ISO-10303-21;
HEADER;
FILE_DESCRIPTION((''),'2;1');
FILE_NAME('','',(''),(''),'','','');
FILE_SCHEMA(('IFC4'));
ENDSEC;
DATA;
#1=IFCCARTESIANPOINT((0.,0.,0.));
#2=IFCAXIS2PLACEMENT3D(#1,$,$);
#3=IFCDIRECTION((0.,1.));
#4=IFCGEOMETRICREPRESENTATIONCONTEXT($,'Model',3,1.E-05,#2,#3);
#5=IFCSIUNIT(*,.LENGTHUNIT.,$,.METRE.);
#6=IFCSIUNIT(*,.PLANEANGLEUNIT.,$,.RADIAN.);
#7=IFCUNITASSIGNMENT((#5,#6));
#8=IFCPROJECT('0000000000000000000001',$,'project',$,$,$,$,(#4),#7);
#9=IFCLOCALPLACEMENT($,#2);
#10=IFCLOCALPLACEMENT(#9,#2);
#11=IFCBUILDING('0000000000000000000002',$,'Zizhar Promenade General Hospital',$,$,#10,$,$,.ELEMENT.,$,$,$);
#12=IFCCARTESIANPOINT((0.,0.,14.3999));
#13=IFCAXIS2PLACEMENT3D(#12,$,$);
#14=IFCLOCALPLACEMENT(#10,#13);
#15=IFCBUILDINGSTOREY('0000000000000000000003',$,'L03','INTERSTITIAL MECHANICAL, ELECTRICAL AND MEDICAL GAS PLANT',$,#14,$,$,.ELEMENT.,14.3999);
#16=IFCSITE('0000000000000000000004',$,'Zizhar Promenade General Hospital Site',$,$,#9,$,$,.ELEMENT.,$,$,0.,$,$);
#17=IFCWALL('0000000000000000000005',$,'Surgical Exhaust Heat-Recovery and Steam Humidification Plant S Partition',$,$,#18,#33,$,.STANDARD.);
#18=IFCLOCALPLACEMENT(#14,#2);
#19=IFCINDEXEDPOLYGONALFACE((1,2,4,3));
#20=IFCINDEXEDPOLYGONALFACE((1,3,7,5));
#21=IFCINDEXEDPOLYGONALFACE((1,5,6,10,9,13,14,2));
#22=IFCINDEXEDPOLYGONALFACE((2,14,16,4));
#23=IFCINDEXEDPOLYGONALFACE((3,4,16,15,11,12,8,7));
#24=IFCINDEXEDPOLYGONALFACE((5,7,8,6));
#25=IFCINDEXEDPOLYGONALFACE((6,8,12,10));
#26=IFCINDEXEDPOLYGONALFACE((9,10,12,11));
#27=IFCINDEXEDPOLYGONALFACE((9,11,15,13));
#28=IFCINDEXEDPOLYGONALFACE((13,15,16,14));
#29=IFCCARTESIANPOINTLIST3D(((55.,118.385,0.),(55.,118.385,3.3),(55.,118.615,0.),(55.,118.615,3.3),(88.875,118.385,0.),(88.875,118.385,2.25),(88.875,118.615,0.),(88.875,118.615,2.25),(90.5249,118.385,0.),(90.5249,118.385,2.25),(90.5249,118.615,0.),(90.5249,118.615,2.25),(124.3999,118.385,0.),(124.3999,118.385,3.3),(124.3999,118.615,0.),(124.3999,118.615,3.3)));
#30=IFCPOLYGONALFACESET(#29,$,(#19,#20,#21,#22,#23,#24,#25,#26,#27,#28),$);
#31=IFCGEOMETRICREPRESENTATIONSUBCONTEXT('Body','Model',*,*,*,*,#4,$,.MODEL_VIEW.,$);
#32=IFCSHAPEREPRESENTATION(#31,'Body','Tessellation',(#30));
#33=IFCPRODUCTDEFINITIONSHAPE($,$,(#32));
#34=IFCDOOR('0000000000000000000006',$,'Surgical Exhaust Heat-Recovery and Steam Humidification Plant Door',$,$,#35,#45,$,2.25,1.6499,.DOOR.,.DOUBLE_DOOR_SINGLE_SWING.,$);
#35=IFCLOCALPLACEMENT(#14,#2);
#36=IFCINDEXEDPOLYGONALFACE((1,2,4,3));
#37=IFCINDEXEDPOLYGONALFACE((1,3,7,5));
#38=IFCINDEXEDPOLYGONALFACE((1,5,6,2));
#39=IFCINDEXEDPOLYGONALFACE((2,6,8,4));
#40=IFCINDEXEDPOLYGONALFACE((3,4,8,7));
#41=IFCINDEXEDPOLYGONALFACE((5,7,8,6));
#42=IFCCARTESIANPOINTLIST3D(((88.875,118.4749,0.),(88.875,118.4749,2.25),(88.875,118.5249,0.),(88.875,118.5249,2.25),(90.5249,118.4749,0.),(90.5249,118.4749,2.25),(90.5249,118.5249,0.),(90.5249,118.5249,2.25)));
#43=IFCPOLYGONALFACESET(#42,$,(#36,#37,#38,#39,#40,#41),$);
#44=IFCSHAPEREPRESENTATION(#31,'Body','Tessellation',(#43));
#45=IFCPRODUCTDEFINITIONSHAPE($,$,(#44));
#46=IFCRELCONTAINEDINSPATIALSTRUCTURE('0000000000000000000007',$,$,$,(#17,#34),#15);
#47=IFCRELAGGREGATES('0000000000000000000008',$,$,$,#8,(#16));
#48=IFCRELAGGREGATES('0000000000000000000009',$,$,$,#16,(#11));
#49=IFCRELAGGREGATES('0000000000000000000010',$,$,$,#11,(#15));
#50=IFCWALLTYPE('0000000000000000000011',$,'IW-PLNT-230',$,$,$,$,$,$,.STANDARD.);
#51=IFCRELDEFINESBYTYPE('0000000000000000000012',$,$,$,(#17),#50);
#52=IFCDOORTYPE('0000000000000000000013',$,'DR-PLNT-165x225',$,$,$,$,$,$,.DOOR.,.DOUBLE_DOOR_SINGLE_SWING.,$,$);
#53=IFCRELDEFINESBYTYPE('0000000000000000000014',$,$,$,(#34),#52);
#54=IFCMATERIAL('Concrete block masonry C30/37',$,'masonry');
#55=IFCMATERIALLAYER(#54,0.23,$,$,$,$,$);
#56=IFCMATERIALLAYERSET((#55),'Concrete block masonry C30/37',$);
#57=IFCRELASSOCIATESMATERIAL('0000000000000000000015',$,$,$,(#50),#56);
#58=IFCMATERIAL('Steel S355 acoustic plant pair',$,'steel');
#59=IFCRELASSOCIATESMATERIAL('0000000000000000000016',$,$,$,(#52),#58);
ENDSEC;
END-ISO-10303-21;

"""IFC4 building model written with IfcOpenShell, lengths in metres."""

from ifc_helpers import new_model, si_unit, direction, frame, frame_2d, origin, place, context, subcontext, project, spatial, rectangle, extrude, material, layer, layer_set, type_object, element, fill, save


model = new_model("IFC4")

# Units and contexts
model_context = context("Model", 3, precision=1e-05, world=origin(), true_north=direction((0.0, 1.0)))
body_context = subcontext(model_context, "Body", "Model", "MODEL_VIEW")
ifc_project = project(units=[si_unit("LENGTHUNIT", "METRE"), si_unit("PLANEANGLEUNIT", "RADIAN")], contexts=[model_context])

# Site, building, storey
site_placement = place(None, origin())
site = spatial("IfcSite", under=ifc_project, at=site_placement, Name="Zizhar Promenade General Hospital Site", CompositionType="ELEMENT", RefElevation=0.0)
building_placement = place(site_placement, origin())
building = spatial("IfcBuilding", under=site, at=building_placement, Name="Zizhar Promenade General Hospital", CompositionType="ELEMENT")
storey_placement = place(building_placement, frame((0.0, 0.0, 14.3999)))
storey = spatial("IfcBuildingStorey", under=building, at=storey_placement, Name="L03", Description="INTERSTITIAL MECHANICAL, ELECTRICAL AND MEDICAL GAS PLANT", CompositionType="ELEMENT", Elevation=14.3999)

# Wall, opening, door
ifc_material_1 = material(Name="Concrete block masonry C30/37", Category="masonry")
ifc_layer_1 = layer(ifc_material_1, 0.23)
ifc_layer_set_1 = layer_set([ifc_layer_1], Name="Concrete block masonry C30/37")
wall_type_1 = type_object("IfcWallType", Name="IW-PLNT-230", PredefinedType="STANDARD", material=ifc_layer_set_1)
wall_1_placement = place(storey_placement, frame((55.0, 118.5, 0.0), z_axis=(0.0, 0.0, 1.0), x_axis=(1.0, 0.0, 0.0)))
wall_1 = element("IfcWall", 1, at=wall_1_placement, inside=storey, type_object=wall_type_1, Name="Surgical Exhaust Heat-Recovery and Steam Humidification Plant S Partition", PredefinedType="STANDARD", context=body_context, shape_type="SweptSolid", body=[
    extrude(rectangle(XDim=69.3999, YDim=0.23, at=frame_2d((34.7, 0.0))), origin(), (0.0, 0.0, 1.0), 3.3),
])
opening_1_placement = place(wall_1_placement, frame((33.875, 0.0, 0.0)))
opening_1 = element("IfcOpeningElement", 2, at=opening_1_placement, cuts=wall_1, PredefinedType="OPENING", context=body_context, shape_type="SweptSolid", body=[
    extrude(rectangle(XDim=1.6499, YDim=2.25, at=frame_2d((0.825, 1.125))), frame((0.0, 0.125, 0.0), z_axis=(0.0, -1.0, 0.0), x_axis=(1.0, 0.0, 0.0)), (0.0, 0.0, 1.0), 0.25),
])
ifc_material_2 = material(Name="Steel S355 acoustic plant pair", Category="steel")
door_type = type_object("IfcDoorType", Name="DR-PLNT-165x225", OperationType="DOUBLE_DOOR_SINGLE_SWING", PredefinedType="DOOR", material=ifc_material_2)
door_placement = place(opening_1_placement, origin())
door = element("IfcDoor", 3, at=door_placement, inside=storey, type_object=door_type, Name="Surgical Exhaust Heat-Recovery and Steam Humidification Plant Door", OperationType="DOUBLE_DOOR_SINGLE_SWING", OverallHeight=2.25, OverallWidth=1.6499, PredefinedType="DOOR", context=body_context, shape_type="SweptSolid", body=[
    extrude(rectangle(XDim=1.6499, YDim=2.25, at=frame_2d((0.825, 1.125))), frame((0.0, 0.0249, 0.0), z_axis=(0.0, -1.0, 0.0), x_axis=(1.0, 0.0, 0.0)), (0.0, 0.0, 1.0), 0.05),
])
fill(opening_1, door)

save(model, "model.ifc")
